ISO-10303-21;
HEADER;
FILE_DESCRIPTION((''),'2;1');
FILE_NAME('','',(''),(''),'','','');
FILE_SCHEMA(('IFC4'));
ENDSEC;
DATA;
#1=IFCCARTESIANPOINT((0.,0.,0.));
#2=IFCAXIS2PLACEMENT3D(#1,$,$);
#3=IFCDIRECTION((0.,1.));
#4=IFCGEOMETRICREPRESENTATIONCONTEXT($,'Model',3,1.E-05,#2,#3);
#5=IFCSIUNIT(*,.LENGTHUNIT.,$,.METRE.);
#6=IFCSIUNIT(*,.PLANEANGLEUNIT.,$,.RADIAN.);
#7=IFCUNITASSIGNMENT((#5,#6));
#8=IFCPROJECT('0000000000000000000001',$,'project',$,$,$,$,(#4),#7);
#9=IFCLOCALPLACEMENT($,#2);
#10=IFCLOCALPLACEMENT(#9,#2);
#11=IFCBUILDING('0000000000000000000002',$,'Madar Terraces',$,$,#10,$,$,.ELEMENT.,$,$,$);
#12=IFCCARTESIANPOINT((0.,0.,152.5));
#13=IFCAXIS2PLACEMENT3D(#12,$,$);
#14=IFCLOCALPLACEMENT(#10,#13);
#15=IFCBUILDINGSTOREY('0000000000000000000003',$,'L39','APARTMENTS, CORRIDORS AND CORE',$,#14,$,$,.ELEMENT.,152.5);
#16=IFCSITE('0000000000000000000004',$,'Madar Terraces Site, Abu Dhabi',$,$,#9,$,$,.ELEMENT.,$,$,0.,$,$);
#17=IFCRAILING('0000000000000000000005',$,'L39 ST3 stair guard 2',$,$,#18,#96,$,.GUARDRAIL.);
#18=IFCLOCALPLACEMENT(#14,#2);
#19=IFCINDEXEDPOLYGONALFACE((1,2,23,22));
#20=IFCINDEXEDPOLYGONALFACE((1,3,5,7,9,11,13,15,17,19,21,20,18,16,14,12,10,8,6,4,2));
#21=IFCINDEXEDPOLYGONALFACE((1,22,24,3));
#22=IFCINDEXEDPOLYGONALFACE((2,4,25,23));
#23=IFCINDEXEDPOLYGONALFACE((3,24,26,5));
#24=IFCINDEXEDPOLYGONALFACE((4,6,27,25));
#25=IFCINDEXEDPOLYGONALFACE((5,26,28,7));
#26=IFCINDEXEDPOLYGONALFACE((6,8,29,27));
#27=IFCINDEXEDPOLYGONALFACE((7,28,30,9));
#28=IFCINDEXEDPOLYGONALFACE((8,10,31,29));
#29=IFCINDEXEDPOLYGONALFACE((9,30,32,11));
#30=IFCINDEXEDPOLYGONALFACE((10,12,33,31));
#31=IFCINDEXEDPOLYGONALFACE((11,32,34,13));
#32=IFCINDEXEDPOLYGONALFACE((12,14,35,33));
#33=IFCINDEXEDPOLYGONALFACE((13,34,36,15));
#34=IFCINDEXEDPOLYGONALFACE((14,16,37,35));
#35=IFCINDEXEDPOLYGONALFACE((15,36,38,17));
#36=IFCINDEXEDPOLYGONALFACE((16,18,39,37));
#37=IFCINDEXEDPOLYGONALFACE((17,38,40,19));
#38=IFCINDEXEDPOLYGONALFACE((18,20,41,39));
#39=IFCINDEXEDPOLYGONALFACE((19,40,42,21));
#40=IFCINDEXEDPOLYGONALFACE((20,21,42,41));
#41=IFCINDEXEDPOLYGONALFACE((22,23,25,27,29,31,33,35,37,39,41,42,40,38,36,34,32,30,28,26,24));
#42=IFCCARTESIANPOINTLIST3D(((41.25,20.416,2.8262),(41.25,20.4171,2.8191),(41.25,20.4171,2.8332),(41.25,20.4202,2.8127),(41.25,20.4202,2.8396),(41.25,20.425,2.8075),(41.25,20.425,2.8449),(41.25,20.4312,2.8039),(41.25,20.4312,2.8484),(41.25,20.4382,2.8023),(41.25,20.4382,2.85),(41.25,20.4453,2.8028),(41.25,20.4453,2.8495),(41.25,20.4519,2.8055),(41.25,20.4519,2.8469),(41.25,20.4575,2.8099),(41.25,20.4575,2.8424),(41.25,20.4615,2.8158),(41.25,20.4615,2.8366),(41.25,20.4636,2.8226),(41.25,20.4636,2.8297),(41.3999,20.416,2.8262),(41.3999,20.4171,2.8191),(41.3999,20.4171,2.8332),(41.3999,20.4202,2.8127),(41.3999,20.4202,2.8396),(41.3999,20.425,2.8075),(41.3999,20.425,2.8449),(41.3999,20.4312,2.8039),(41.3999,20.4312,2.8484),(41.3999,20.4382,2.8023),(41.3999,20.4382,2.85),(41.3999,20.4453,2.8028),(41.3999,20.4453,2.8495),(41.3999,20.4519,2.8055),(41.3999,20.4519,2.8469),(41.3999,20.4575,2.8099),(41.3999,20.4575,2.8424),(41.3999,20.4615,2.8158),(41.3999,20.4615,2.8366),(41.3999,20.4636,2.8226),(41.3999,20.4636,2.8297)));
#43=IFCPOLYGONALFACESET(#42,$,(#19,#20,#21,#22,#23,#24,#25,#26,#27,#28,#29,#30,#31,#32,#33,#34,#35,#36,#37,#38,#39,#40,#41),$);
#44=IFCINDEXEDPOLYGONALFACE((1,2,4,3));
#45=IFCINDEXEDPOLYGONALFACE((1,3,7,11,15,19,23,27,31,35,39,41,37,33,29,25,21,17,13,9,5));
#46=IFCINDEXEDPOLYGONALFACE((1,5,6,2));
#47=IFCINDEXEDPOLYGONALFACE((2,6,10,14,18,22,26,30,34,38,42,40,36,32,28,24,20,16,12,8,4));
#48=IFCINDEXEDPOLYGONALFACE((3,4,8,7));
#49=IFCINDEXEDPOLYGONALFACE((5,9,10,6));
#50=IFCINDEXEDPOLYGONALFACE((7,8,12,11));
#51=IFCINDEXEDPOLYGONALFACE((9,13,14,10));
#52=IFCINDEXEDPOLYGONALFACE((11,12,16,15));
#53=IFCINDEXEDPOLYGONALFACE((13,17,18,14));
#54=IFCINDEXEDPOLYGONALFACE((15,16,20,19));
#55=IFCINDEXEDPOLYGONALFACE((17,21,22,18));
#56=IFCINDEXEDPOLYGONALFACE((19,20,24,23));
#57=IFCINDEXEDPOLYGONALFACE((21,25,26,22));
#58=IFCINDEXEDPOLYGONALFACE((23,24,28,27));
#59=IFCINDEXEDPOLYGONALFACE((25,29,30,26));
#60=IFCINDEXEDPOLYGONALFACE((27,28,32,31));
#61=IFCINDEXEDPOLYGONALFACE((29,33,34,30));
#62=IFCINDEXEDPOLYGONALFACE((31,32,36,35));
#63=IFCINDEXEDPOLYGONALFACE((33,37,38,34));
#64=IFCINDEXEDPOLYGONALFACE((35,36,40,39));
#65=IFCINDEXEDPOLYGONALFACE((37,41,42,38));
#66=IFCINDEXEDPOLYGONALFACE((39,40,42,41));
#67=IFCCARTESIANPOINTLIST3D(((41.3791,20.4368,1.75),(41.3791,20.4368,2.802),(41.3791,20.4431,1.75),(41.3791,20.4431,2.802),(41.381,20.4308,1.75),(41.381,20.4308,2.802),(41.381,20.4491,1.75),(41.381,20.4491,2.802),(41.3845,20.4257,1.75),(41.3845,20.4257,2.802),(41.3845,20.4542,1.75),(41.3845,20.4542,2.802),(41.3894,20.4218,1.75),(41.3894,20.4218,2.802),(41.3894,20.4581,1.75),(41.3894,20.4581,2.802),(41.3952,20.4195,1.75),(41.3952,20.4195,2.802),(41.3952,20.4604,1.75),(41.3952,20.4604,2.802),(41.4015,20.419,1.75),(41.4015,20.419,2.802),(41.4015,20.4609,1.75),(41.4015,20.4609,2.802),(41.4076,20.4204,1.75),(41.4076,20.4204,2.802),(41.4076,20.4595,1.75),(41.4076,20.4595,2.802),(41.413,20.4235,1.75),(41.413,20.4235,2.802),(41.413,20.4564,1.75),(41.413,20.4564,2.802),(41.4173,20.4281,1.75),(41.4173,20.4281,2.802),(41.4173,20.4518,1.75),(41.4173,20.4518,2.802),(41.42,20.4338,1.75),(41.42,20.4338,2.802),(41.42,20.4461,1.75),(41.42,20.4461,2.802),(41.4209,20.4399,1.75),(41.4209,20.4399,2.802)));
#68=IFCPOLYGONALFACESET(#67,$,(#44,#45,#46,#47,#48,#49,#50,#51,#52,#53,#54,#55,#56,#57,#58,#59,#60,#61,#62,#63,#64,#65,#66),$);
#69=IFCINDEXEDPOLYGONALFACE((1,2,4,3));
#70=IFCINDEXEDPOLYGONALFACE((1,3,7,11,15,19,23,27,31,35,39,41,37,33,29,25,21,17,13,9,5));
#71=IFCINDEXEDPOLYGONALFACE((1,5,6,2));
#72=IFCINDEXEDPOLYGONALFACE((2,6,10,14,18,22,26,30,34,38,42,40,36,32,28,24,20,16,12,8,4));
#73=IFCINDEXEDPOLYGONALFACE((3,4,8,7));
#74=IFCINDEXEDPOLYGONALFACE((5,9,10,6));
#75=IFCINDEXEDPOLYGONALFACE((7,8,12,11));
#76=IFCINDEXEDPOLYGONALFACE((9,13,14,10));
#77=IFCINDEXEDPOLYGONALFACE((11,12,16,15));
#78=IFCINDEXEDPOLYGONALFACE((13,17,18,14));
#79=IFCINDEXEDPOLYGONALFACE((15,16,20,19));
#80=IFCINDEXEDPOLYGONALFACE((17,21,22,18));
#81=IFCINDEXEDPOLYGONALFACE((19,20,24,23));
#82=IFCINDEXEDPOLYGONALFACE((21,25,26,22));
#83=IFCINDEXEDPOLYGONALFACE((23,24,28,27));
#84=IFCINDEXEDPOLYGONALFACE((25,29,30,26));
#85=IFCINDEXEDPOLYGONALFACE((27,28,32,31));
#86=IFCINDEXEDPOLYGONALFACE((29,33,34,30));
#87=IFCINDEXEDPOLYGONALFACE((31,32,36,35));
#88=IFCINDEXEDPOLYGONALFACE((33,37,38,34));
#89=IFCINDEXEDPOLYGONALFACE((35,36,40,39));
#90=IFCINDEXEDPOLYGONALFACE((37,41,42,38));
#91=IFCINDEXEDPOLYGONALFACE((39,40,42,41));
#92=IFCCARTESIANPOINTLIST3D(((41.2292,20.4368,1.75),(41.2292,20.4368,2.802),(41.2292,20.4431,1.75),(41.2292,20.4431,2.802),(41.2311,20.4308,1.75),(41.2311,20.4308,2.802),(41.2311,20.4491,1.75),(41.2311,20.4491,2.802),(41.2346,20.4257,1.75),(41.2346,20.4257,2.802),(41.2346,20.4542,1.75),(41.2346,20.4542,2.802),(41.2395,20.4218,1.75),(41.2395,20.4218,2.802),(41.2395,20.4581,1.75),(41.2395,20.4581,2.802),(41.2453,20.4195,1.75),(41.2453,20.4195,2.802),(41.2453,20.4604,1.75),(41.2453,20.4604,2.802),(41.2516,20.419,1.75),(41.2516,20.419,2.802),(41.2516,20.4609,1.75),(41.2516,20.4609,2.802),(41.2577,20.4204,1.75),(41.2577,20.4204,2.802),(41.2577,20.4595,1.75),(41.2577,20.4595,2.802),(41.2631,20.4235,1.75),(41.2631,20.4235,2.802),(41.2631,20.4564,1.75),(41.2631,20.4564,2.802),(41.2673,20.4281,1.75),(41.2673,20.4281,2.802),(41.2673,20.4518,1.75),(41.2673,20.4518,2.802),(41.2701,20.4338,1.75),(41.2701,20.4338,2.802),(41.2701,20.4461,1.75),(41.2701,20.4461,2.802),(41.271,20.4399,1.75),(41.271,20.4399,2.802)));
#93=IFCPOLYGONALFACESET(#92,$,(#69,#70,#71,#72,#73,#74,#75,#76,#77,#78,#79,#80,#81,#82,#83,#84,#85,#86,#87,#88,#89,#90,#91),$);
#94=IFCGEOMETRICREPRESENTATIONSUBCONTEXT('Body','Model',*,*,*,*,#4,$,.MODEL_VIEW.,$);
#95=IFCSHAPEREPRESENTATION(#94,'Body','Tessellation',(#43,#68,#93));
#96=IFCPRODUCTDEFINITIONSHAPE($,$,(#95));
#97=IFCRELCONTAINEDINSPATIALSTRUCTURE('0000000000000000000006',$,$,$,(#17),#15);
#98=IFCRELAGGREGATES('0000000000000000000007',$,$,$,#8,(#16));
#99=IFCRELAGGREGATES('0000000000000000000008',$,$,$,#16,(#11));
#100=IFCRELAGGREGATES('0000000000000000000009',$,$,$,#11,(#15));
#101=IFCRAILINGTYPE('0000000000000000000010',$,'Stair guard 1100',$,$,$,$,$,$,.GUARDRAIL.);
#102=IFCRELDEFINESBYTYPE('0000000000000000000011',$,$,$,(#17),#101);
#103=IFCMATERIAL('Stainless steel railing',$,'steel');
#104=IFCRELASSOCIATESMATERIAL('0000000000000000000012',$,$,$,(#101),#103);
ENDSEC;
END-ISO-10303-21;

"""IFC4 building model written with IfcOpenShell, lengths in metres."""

from ifc_helpers import new_model, si_unit, direction, frame, origin, origin_2d, place, context, subcontext, project, spatial, circle, extrude, material, type_object, element, save


model = new_model("IFC4")

# Units and contexts
model_context = context("Model", 3, precision=1e-05, world=origin(), true_north=direction((0.0, 1.0)))
body_context = subcontext(model_context, "Body", "Model", "MODEL_VIEW")
ifc_project = project(units=[si_unit("LENGTHUNIT", "METRE"), si_unit("PLANEANGLEUNIT", "RADIAN")], contexts=[model_context])

# Site, building, storey
site_placement = place(None, origin())
site = spatial("IfcSite", under=ifc_project, at=site_placement, Name="Madar Terraces Site, Abu Dhabi", CompositionType="ELEMENT", RefElevation=0.0)
building_placement = place(site_placement, origin())
building = spatial("IfcBuilding", under=site, at=building_placement, Name="Madar Terraces", CompositionType="ELEMENT")
storey_placement = place(building_placement, frame((0.0, 0.0, 152.5)))
storey = spatial("IfcBuildingStorey", under=building, at=storey_placement, Name="L39", Description="APARTMENTS, CORRIDORS AND CORE", CompositionType="ELEMENT", Elevation=152.5)

# Railing
ifc_material_1 = material(Name="Stainless steel railing", Category="steel")
railing_type_1 = type_object("IfcRailingType", Name="Stair guard 1100", PredefinedType="GUARDRAIL", material=ifc_material_1)
railing_1_placement = place(storey_placement, frame((41.3999, 20.4399, 1.75)))
element("IfcRailing", 1, at=railing_1_placement, inside=storey, type_object=railing_type_1, Name="L39 ST3 stair guard 2", PredefinedType="GUARDRAIL", context=body_context, shape_type="SweptSolid", body=[
    extrude(circle(Radius=0.0239, at=origin_2d()), frame((0.0, 0.0, 1.0762), z_axis=(-1.0, 0.0, 0.0), x_axis=(0.0, -1.0, 0.0)), (0.0, 0.0, 1.0), 0.1499),
    extrude(circle(Radius=0.021, at=origin_2d()), origin(), (0.0, 0.0, 1.0), 1.052),
    extrude(circle(Radius=0.021, at=origin_2d()), frame((-0.1499, 0.0, 0.0)), (0.0, 0.0, 1.0), 1.052),
])

save(model, "model.ifc")
